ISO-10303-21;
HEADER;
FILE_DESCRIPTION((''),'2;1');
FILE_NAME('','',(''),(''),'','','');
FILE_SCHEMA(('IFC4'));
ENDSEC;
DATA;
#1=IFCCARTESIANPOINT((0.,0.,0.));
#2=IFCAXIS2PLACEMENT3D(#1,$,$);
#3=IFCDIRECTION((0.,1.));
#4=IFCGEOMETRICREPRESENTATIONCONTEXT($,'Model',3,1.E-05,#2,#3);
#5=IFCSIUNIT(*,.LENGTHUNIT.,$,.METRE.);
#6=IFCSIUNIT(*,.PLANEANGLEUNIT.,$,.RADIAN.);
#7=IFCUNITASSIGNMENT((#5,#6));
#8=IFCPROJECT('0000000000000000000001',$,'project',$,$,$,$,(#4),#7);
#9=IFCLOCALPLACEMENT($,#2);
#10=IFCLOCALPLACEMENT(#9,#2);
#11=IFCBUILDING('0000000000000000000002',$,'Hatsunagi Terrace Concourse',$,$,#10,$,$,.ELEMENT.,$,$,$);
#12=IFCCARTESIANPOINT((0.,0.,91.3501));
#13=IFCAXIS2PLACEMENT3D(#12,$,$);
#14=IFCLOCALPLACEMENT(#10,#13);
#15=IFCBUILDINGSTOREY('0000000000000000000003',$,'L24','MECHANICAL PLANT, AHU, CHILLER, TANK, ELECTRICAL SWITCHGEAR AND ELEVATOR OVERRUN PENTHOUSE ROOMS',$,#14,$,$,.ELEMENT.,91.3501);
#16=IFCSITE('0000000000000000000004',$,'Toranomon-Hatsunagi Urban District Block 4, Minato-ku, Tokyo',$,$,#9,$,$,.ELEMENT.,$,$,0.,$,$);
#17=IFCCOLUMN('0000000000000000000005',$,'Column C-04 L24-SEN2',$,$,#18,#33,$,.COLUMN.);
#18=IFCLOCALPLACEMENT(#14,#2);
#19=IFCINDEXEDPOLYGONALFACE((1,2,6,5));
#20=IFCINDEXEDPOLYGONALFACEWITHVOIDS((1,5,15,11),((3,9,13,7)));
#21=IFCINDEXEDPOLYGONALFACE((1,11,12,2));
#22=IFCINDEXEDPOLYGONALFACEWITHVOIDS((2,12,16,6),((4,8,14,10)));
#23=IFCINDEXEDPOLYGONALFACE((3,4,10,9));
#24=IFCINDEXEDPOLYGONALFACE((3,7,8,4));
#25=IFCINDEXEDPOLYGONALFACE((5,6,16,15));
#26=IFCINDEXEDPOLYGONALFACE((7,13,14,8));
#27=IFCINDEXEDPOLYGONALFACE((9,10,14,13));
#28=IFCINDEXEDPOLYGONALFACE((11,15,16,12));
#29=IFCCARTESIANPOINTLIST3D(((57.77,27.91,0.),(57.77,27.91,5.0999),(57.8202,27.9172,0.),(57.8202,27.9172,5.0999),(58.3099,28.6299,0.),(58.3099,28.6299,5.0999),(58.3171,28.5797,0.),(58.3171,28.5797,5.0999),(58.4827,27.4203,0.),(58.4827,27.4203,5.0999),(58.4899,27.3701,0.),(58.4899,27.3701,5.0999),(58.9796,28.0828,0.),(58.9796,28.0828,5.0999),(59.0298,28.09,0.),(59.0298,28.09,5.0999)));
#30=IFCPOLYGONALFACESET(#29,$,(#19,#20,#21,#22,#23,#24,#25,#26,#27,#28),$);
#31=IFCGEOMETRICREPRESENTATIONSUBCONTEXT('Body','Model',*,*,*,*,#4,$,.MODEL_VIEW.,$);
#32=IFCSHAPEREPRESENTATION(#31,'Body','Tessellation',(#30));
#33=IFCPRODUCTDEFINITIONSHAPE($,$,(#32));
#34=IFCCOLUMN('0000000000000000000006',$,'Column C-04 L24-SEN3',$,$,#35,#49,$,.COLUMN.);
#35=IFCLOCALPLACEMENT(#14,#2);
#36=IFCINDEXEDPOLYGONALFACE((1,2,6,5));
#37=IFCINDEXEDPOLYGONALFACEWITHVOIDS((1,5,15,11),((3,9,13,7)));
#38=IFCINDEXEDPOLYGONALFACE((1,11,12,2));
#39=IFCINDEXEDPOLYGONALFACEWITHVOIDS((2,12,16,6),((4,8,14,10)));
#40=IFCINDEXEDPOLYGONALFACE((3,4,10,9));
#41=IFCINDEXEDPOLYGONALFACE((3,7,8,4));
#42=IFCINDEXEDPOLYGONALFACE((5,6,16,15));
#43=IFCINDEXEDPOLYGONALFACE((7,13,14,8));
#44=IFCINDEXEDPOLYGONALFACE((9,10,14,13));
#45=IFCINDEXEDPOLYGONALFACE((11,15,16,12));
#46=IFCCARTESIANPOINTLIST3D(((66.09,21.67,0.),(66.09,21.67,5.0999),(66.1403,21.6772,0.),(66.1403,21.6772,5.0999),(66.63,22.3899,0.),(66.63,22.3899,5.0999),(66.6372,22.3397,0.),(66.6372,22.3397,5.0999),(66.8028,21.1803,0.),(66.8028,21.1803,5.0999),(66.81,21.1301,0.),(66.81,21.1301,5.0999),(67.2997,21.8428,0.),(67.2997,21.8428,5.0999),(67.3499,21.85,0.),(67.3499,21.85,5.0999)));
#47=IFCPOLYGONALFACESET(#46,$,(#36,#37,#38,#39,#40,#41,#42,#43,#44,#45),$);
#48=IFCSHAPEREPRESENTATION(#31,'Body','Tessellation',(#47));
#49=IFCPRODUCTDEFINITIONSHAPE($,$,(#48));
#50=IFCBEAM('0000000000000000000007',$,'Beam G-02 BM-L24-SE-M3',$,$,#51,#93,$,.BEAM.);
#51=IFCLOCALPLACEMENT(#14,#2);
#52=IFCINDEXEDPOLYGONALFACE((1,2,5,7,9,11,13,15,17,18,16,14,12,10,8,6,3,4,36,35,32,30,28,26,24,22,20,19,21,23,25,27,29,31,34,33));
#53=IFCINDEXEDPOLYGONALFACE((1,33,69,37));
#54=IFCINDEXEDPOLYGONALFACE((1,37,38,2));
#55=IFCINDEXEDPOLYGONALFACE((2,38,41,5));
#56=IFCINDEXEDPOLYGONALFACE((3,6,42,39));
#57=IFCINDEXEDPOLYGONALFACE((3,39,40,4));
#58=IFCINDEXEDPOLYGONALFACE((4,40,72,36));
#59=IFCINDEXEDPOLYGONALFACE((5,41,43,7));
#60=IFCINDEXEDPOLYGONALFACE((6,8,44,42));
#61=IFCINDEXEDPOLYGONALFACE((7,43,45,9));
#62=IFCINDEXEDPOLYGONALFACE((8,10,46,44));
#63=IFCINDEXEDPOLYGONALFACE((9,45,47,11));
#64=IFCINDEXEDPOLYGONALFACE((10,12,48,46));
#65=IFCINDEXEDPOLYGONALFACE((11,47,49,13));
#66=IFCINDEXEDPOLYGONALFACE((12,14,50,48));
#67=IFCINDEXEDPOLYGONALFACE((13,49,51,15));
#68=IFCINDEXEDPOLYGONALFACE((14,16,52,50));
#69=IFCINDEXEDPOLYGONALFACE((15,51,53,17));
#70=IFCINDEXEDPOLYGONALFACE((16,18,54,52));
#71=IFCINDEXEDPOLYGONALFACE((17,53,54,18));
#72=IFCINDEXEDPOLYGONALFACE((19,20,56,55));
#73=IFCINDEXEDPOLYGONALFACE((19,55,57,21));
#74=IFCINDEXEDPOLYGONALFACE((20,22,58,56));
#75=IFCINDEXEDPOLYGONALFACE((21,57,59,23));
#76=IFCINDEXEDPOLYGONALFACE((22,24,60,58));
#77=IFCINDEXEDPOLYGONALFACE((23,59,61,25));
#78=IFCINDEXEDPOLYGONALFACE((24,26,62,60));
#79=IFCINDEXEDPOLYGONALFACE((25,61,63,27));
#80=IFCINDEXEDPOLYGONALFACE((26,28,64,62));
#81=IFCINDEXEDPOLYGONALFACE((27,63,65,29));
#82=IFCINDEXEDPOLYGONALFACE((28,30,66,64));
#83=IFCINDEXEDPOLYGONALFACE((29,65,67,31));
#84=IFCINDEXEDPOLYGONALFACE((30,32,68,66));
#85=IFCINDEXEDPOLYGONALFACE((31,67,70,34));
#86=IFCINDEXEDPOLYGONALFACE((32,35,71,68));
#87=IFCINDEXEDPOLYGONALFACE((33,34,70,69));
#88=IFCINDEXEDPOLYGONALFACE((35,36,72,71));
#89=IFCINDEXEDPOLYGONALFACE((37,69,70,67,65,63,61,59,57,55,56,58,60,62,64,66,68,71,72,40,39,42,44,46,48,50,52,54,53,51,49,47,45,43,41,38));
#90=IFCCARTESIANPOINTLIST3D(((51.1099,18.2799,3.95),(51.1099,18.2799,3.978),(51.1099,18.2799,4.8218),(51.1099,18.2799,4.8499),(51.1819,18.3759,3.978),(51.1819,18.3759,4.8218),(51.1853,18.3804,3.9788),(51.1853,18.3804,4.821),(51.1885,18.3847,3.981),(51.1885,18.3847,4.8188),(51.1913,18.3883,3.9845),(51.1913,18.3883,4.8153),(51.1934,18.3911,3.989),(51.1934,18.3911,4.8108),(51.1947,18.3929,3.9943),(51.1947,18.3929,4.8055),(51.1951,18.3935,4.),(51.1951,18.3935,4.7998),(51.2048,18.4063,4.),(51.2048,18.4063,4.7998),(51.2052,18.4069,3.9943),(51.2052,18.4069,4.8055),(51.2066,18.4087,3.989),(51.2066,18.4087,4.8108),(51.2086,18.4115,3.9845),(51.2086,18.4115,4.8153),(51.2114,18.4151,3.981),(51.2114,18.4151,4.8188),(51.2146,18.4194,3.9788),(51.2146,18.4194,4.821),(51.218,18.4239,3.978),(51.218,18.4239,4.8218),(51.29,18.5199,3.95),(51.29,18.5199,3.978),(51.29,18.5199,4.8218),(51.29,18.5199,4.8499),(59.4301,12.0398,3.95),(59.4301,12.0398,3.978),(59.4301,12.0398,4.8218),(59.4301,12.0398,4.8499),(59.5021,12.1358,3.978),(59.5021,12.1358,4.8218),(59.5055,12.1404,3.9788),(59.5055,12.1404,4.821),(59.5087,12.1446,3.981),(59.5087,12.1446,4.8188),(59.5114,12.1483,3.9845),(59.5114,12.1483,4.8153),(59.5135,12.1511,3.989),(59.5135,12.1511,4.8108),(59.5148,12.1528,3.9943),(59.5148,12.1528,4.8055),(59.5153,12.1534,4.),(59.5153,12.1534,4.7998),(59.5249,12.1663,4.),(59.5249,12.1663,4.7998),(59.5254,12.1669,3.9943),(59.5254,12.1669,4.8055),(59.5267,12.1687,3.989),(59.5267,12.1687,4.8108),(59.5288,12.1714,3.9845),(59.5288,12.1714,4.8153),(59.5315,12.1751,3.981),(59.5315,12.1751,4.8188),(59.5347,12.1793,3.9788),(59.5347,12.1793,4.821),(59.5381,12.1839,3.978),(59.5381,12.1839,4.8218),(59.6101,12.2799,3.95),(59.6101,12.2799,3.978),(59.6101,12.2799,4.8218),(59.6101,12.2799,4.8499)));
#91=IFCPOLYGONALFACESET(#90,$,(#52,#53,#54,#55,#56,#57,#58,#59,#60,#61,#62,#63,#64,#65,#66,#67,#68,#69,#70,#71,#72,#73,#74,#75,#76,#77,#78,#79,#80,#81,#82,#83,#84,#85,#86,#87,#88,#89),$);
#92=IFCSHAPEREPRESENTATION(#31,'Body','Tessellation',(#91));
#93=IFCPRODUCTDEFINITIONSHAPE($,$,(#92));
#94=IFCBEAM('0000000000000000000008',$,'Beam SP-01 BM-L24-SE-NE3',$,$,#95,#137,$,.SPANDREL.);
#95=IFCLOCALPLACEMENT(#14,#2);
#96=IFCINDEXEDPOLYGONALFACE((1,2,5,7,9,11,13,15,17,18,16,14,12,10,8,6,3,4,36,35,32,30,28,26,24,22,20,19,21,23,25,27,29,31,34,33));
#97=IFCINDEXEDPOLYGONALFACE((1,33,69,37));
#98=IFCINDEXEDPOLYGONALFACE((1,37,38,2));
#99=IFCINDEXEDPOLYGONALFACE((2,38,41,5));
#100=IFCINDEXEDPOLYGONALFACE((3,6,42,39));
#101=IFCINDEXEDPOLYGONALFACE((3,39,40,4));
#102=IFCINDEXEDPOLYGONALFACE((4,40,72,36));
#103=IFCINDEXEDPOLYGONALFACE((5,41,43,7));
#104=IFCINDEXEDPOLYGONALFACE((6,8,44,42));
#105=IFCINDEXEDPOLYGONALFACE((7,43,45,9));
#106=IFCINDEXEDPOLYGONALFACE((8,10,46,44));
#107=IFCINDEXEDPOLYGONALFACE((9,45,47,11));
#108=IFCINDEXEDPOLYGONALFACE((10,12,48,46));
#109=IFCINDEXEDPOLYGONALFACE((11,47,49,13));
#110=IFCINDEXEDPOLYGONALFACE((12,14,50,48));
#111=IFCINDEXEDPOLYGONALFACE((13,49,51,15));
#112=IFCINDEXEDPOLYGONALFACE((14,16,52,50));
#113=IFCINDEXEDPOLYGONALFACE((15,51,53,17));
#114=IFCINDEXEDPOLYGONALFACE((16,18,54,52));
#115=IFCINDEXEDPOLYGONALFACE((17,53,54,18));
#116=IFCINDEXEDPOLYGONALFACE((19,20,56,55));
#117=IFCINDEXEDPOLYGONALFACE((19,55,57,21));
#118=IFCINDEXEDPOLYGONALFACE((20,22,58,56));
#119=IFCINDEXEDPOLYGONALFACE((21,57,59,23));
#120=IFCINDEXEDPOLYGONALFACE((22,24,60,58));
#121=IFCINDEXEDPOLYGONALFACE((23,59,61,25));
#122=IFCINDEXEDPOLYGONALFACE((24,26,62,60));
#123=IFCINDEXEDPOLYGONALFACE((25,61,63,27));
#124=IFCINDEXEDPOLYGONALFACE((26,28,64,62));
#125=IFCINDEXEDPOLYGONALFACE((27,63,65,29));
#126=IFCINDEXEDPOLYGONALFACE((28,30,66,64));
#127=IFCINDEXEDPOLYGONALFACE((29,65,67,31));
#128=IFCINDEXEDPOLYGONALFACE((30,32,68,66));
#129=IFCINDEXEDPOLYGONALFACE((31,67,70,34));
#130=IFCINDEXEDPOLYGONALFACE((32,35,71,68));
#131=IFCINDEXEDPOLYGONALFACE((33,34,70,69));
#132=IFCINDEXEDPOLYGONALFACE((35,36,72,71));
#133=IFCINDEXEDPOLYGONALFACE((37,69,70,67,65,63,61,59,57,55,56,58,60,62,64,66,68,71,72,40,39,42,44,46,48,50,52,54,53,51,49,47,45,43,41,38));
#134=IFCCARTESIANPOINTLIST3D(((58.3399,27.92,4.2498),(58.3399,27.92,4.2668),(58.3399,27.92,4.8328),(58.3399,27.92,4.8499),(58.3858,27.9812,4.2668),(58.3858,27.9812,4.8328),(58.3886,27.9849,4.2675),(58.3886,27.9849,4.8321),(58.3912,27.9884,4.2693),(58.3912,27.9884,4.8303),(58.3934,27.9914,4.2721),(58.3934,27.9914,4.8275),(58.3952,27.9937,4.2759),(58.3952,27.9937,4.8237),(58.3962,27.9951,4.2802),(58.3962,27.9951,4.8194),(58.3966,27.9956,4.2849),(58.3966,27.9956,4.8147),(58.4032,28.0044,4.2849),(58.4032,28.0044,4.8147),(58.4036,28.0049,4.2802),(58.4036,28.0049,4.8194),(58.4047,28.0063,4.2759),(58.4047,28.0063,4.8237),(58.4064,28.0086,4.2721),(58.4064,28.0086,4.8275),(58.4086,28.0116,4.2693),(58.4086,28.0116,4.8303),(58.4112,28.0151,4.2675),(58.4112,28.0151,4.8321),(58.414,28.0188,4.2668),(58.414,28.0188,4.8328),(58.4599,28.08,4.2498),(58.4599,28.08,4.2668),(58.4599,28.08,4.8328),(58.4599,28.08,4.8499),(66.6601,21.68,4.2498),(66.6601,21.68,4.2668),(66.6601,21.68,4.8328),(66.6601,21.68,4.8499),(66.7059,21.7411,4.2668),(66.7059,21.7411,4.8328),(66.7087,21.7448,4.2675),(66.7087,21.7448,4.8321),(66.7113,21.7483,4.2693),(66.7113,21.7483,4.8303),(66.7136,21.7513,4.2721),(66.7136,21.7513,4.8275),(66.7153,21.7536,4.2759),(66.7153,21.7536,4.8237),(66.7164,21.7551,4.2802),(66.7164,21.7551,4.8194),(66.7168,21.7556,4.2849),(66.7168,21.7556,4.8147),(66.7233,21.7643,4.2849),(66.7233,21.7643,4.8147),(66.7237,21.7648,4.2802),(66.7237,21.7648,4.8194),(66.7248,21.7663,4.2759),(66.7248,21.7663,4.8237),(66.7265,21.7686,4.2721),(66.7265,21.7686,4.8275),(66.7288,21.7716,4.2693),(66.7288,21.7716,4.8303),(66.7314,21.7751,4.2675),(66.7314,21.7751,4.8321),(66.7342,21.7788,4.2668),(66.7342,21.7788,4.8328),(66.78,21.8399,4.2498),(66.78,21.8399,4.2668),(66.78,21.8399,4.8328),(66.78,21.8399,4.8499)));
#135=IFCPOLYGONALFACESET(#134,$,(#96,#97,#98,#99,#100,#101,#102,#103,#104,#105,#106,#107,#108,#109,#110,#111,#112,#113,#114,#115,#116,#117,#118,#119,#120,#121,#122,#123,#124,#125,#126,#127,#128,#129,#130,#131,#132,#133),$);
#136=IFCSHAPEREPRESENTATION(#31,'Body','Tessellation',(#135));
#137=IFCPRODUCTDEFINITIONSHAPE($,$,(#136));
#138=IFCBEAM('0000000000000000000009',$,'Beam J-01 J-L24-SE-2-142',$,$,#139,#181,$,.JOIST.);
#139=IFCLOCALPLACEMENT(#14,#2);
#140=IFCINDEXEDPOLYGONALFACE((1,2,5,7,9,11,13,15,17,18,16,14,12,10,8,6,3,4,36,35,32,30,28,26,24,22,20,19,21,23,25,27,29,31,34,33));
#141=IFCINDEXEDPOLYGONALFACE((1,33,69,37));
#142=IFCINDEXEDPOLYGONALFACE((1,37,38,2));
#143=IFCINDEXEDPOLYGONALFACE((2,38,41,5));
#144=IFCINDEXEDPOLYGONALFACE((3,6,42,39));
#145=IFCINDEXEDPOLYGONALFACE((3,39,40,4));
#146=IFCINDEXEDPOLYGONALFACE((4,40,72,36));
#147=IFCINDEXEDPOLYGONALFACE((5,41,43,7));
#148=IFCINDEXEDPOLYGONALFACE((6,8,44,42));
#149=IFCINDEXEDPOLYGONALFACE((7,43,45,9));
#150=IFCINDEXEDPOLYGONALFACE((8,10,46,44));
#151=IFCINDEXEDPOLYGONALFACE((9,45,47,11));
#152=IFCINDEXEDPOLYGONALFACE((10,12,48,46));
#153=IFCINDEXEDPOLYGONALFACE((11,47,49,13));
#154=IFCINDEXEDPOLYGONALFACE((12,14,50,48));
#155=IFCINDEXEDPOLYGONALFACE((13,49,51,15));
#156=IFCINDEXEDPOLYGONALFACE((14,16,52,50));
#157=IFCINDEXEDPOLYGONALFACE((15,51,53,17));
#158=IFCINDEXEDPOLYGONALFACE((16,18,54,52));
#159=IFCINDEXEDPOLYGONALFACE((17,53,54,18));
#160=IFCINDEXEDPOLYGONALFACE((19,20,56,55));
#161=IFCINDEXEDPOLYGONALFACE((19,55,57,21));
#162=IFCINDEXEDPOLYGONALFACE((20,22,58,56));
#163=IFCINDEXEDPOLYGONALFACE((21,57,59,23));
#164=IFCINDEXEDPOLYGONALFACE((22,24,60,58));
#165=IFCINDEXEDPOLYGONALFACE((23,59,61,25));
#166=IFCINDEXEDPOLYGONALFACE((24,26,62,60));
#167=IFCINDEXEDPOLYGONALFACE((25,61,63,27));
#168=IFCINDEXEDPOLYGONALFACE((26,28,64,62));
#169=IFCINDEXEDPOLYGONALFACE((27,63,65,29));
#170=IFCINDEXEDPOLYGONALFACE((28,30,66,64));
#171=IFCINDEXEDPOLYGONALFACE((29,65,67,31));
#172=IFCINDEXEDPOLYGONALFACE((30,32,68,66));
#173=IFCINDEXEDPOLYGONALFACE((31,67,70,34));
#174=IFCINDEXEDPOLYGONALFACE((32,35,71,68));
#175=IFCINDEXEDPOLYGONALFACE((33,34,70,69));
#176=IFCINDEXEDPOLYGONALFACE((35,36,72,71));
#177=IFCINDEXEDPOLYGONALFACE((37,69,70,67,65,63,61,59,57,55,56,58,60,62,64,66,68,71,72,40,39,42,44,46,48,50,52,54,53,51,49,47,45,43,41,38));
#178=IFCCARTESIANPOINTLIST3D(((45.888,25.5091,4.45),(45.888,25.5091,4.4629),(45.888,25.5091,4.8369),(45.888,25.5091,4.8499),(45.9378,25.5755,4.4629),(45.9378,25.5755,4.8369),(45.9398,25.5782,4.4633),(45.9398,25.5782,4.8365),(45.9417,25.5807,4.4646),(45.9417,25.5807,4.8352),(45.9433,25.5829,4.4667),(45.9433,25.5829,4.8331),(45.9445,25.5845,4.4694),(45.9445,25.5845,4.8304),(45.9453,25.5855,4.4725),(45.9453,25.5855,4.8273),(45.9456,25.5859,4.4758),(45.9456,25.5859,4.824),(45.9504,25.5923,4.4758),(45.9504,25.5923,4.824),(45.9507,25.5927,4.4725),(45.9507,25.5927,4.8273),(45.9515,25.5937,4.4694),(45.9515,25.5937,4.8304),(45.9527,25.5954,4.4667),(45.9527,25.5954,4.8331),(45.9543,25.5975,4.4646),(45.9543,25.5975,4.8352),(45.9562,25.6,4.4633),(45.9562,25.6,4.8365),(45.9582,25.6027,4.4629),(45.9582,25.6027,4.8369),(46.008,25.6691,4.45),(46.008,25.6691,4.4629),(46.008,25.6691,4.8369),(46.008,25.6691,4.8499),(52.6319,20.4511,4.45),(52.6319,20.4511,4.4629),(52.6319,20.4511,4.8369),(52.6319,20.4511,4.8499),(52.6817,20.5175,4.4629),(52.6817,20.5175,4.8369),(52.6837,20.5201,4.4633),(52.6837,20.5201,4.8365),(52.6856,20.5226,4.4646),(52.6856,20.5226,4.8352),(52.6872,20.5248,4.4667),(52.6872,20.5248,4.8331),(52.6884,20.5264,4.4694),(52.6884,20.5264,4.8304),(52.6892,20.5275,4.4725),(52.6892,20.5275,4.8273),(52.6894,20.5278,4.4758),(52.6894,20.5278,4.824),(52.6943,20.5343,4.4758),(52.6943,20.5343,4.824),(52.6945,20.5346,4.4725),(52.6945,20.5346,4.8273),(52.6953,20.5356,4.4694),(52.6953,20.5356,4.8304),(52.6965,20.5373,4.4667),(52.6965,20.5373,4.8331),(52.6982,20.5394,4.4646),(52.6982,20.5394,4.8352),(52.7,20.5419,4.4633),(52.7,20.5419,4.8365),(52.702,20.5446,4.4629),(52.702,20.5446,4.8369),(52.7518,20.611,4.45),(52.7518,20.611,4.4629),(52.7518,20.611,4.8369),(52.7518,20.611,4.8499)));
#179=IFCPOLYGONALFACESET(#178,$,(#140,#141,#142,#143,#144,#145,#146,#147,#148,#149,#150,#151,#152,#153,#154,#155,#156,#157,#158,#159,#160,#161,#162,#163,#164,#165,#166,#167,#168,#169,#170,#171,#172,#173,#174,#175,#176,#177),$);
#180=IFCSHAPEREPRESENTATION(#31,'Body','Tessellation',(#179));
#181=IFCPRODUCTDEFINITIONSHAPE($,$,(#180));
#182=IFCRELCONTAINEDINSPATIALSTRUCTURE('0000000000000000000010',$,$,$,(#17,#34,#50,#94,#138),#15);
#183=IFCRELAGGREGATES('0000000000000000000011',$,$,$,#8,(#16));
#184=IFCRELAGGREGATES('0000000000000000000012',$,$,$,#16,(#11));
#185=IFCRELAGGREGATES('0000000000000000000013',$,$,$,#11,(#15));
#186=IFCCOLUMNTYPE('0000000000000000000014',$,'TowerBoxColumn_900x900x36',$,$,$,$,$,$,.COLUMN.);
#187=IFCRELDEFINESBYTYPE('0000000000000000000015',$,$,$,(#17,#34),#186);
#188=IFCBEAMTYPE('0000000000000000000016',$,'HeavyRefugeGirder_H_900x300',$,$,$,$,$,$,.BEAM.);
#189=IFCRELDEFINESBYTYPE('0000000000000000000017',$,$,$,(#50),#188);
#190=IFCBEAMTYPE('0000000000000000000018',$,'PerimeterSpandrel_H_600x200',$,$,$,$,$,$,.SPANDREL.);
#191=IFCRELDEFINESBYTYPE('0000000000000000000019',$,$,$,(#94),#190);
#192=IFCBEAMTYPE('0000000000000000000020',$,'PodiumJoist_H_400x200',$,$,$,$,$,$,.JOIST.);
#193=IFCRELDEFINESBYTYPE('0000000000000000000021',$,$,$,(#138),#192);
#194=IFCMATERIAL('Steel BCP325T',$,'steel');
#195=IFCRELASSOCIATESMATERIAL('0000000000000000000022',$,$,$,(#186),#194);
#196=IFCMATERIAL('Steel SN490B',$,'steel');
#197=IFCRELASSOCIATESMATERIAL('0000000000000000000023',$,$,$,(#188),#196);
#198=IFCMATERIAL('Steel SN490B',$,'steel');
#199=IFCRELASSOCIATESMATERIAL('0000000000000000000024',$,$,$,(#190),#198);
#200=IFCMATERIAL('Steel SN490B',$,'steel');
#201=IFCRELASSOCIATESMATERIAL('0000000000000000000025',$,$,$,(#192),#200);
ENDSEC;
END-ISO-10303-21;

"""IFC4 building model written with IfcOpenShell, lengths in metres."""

from ifc_helpers import new_model, si_unit, direction, frame, origin, origin_2d, place, context, subcontext, project, spatial, hollow_rectangle, i_section, extrude, material, material_profile, profile_set, type_object, element, save


model = new_model("IFC4")

# Units and contexts
model_context = context("Model", 3, precision=1e-05, world=origin(), true_north=direction((0.0, 1.0)))
body_context = subcontext(model_context, "Body", "Model", "MODEL_VIEW")
ifc_project = project(units=[si_unit("LENGTHUNIT", "METRE"), si_unit("PLANEANGLEUNIT", "RADIAN")], contexts=[model_context])

# Site, building, storey
site_placement = place(None, origin())
site = spatial("IfcSite", under=ifc_project, at=site_placement, Name="Toranomon-Hatsunagi Urban District Block 4, Minato-ku, Tokyo", CompositionType="ELEMENT", RefElevation=0.0)
building_placement = place(site_placement, origin())
building = spatial("IfcBuilding", under=site, at=building_placement, Name="Hatsunagi Terrace Concourse", CompositionType="ELEMENT")
storey_placement = place(building_placement, frame((0.0, 0.0, 91.3501)))
storey = spatial("IfcBuildingStorey", under=building, at=storey_placement, Name="L24", Description="MECHANICAL PLANT, AHU, CHILLER, TANK, ELECTRICAL SWITCHGEAR AND ELEVATOR OVERRUN PENTHOUSE ROOMS", CompositionType="ELEMENT", Elevation=91.3501)

# Columns
ifc_material_1 = material(Name="Steel BCP325T", Category="steel")
ifc_material_profile_1 = material_profile(ifc_material_1, hollow_rectangle(XDim=0.8999, YDim=0.8999, WallThickness=0.0359, at=origin_2d()), Name="BCP-900x900x36")
ifc_profile_set_1 = profile_set([ifc_material_profile_1], Name="Steel BCP325T")
column_type = type_object("IfcColumnType", Name="TowerBoxColumn_900x900x36", PredefinedType="COLUMN", material=ifc_profile_set_1)
for number, where, z_axis, x_axis, name in (
    (1, (58.3999, 28.0, 0.0), (0.0, 0.0, 1.0), (0.8, -0.6, 0.0), "Column C-04 L24-SEN2"),
    (2, (66.72, 21.76, 0.0), (0.0, 0.0, 1.0), (0.8, -0.6, 0.0), "Column C-04 L24-SEN3"),
):
    element("IfcColumn", number, at=place(storey_placement, frame(where, z_axis=z_axis, x_axis=x_axis)), inside=storey, type_object=column_type, Name=name, PredefinedType="COLUMN", context=body_context, shape_type="SweptSolid", body=[
        extrude(hollow_rectangle(XDim=0.8999, YDim=0.8999, WallThickness=0.0359, at=origin_2d()), origin(), (0.0, 0.0, 1.0), 5.0999),
    ])

# Beams
ifc_material_2 = material(Name="Steel SN490B", Category="steel")
ifc_material_profile_2 = material_profile(ifc_material_2, i_section(OverallWidth=0.3, OverallDepth=0.8999, WebThickness=0.0161, FlangeThickness=0.0281, FilletRadius=0.022, at=origin_2d()), Name="H-900x300x16x28")
ifc_profile_set_2 = profile_set([ifc_material_profile_2], Name="Steel SN490B")
beam_type_1 = type_object("IfcBeamType", Name="HeavyRefugeGirder_H_900x300", PredefinedType="BEAM", material=ifc_profile_set_2)
beam_1_placement = place(storey_placement, frame((51.2, 18.3999, 4.3999), z_axis=(0.800003, -0.599996, 0.0), x_axis=(0.599996, 0.800003, 0.0)))
element("IfcBeam", 3, at=beam_1_placement, inside=storey, type_object=beam_type_1, Name="Beam G-02 BM-L24-SE-M3", PredefinedType="BEAM", context=body_context, shape_type="SweptSolid", body=[
    extrude(i_section(OverallWidth=0.3, OverallDepth=0.8999, WebThickness=0.0161, FlangeThickness=0.0281, FilletRadius=0.022, at=origin_2d()), origin(), (0.0, 0.0, 1.0), 10.4001),
])
ifc_material_3 = material(Name="Steel SN490B", Category="steel")
ifc_material_profile_3 = material_profile(ifc_material_3, i_section(OverallWidth=0.2, OverallDepth=0.6001, WebThickness=0.011, FlangeThickness=0.0171, FilletRadius=0.0181, at=origin_2d()), Name="H-600x200x11x17")
ifc_profile_set_3 = profile_set([ifc_material_profile_3], Name="Steel SN490B")
beam_type_2 = type_object("IfcBeamType", Name="PerimeterSpandrel_H_600x200", PredefinedType="SPANDREL", material=ifc_profile_set_3)
beam_2_placement = place(storey_placement, frame((58.3999, 28.0, 4.5498), z_axis=(0.800003, -0.599996, 0.0), x_axis=(0.599996, 0.800003, 0.0)))
element("IfcBeam", 4, at=beam_2_placement, inside=storey, type_object=beam_type_2, Name="Beam SP-01 BM-L24-SE-NE3", PredefinedType="SPANDREL", context=body_context, shape_type="SweptSolid", body=[
    extrude(i_section(OverallWidth=0.2, OverallDepth=0.6001, WebThickness=0.011, FlangeThickness=0.0171, FilletRadius=0.0181, at=origin_2d()), origin(), (0.0, 0.0, 1.0), 10.4001),
])
ifc_material_4 = material(Name="Steel SN490B", Category="steel")
ifc_material_profile_4 = material_profile(ifc_material_4, i_section(OverallWidth=0.2, OverallDepth=0.3999, WebThickness=0.0081, FlangeThickness=0.0129, FilletRadius=0.0129, at=origin_2d()), Name="H-400x200x8x13")
ifc_profile_set_4 = profile_set([ifc_material_profile_4], Name="Steel SN490B")
beam_type_3 = type_object("IfcBeamType", Name="PodiumJoist_H_400x200", PredefinedType="JOIST", material=ifc_profile_set_4)
for number, where, z_axis, x_axis, name in (
    (5, (45.948, 25.5891, 4.6499), (0.79999, -0.600014, 0.0), (0.600014, 0.79999, 0.0), "Beam J-01 J-L24-SE-2-142"),
):
    element("IfcBeam", number, at=place(storey_placement, frame(where, z_axis=z_axis, x_axis=x_axis)), inside=storey, type_object=beam_type_3, Name=name, PredefinedType="JOIST", context=body_context, shape_type="SweptSolid", body=[
        extrude(i_section(OverallWidth=0.2, OverallDepth=0.3999, WebThickness=0.0081, FlangeThickness=0.0129, FilletRadius=0.0129, at=origin_2d()), origin(), (0.0, 0.0, 1.0), 8.4299),
    ])

save(model, "model.ifc")
